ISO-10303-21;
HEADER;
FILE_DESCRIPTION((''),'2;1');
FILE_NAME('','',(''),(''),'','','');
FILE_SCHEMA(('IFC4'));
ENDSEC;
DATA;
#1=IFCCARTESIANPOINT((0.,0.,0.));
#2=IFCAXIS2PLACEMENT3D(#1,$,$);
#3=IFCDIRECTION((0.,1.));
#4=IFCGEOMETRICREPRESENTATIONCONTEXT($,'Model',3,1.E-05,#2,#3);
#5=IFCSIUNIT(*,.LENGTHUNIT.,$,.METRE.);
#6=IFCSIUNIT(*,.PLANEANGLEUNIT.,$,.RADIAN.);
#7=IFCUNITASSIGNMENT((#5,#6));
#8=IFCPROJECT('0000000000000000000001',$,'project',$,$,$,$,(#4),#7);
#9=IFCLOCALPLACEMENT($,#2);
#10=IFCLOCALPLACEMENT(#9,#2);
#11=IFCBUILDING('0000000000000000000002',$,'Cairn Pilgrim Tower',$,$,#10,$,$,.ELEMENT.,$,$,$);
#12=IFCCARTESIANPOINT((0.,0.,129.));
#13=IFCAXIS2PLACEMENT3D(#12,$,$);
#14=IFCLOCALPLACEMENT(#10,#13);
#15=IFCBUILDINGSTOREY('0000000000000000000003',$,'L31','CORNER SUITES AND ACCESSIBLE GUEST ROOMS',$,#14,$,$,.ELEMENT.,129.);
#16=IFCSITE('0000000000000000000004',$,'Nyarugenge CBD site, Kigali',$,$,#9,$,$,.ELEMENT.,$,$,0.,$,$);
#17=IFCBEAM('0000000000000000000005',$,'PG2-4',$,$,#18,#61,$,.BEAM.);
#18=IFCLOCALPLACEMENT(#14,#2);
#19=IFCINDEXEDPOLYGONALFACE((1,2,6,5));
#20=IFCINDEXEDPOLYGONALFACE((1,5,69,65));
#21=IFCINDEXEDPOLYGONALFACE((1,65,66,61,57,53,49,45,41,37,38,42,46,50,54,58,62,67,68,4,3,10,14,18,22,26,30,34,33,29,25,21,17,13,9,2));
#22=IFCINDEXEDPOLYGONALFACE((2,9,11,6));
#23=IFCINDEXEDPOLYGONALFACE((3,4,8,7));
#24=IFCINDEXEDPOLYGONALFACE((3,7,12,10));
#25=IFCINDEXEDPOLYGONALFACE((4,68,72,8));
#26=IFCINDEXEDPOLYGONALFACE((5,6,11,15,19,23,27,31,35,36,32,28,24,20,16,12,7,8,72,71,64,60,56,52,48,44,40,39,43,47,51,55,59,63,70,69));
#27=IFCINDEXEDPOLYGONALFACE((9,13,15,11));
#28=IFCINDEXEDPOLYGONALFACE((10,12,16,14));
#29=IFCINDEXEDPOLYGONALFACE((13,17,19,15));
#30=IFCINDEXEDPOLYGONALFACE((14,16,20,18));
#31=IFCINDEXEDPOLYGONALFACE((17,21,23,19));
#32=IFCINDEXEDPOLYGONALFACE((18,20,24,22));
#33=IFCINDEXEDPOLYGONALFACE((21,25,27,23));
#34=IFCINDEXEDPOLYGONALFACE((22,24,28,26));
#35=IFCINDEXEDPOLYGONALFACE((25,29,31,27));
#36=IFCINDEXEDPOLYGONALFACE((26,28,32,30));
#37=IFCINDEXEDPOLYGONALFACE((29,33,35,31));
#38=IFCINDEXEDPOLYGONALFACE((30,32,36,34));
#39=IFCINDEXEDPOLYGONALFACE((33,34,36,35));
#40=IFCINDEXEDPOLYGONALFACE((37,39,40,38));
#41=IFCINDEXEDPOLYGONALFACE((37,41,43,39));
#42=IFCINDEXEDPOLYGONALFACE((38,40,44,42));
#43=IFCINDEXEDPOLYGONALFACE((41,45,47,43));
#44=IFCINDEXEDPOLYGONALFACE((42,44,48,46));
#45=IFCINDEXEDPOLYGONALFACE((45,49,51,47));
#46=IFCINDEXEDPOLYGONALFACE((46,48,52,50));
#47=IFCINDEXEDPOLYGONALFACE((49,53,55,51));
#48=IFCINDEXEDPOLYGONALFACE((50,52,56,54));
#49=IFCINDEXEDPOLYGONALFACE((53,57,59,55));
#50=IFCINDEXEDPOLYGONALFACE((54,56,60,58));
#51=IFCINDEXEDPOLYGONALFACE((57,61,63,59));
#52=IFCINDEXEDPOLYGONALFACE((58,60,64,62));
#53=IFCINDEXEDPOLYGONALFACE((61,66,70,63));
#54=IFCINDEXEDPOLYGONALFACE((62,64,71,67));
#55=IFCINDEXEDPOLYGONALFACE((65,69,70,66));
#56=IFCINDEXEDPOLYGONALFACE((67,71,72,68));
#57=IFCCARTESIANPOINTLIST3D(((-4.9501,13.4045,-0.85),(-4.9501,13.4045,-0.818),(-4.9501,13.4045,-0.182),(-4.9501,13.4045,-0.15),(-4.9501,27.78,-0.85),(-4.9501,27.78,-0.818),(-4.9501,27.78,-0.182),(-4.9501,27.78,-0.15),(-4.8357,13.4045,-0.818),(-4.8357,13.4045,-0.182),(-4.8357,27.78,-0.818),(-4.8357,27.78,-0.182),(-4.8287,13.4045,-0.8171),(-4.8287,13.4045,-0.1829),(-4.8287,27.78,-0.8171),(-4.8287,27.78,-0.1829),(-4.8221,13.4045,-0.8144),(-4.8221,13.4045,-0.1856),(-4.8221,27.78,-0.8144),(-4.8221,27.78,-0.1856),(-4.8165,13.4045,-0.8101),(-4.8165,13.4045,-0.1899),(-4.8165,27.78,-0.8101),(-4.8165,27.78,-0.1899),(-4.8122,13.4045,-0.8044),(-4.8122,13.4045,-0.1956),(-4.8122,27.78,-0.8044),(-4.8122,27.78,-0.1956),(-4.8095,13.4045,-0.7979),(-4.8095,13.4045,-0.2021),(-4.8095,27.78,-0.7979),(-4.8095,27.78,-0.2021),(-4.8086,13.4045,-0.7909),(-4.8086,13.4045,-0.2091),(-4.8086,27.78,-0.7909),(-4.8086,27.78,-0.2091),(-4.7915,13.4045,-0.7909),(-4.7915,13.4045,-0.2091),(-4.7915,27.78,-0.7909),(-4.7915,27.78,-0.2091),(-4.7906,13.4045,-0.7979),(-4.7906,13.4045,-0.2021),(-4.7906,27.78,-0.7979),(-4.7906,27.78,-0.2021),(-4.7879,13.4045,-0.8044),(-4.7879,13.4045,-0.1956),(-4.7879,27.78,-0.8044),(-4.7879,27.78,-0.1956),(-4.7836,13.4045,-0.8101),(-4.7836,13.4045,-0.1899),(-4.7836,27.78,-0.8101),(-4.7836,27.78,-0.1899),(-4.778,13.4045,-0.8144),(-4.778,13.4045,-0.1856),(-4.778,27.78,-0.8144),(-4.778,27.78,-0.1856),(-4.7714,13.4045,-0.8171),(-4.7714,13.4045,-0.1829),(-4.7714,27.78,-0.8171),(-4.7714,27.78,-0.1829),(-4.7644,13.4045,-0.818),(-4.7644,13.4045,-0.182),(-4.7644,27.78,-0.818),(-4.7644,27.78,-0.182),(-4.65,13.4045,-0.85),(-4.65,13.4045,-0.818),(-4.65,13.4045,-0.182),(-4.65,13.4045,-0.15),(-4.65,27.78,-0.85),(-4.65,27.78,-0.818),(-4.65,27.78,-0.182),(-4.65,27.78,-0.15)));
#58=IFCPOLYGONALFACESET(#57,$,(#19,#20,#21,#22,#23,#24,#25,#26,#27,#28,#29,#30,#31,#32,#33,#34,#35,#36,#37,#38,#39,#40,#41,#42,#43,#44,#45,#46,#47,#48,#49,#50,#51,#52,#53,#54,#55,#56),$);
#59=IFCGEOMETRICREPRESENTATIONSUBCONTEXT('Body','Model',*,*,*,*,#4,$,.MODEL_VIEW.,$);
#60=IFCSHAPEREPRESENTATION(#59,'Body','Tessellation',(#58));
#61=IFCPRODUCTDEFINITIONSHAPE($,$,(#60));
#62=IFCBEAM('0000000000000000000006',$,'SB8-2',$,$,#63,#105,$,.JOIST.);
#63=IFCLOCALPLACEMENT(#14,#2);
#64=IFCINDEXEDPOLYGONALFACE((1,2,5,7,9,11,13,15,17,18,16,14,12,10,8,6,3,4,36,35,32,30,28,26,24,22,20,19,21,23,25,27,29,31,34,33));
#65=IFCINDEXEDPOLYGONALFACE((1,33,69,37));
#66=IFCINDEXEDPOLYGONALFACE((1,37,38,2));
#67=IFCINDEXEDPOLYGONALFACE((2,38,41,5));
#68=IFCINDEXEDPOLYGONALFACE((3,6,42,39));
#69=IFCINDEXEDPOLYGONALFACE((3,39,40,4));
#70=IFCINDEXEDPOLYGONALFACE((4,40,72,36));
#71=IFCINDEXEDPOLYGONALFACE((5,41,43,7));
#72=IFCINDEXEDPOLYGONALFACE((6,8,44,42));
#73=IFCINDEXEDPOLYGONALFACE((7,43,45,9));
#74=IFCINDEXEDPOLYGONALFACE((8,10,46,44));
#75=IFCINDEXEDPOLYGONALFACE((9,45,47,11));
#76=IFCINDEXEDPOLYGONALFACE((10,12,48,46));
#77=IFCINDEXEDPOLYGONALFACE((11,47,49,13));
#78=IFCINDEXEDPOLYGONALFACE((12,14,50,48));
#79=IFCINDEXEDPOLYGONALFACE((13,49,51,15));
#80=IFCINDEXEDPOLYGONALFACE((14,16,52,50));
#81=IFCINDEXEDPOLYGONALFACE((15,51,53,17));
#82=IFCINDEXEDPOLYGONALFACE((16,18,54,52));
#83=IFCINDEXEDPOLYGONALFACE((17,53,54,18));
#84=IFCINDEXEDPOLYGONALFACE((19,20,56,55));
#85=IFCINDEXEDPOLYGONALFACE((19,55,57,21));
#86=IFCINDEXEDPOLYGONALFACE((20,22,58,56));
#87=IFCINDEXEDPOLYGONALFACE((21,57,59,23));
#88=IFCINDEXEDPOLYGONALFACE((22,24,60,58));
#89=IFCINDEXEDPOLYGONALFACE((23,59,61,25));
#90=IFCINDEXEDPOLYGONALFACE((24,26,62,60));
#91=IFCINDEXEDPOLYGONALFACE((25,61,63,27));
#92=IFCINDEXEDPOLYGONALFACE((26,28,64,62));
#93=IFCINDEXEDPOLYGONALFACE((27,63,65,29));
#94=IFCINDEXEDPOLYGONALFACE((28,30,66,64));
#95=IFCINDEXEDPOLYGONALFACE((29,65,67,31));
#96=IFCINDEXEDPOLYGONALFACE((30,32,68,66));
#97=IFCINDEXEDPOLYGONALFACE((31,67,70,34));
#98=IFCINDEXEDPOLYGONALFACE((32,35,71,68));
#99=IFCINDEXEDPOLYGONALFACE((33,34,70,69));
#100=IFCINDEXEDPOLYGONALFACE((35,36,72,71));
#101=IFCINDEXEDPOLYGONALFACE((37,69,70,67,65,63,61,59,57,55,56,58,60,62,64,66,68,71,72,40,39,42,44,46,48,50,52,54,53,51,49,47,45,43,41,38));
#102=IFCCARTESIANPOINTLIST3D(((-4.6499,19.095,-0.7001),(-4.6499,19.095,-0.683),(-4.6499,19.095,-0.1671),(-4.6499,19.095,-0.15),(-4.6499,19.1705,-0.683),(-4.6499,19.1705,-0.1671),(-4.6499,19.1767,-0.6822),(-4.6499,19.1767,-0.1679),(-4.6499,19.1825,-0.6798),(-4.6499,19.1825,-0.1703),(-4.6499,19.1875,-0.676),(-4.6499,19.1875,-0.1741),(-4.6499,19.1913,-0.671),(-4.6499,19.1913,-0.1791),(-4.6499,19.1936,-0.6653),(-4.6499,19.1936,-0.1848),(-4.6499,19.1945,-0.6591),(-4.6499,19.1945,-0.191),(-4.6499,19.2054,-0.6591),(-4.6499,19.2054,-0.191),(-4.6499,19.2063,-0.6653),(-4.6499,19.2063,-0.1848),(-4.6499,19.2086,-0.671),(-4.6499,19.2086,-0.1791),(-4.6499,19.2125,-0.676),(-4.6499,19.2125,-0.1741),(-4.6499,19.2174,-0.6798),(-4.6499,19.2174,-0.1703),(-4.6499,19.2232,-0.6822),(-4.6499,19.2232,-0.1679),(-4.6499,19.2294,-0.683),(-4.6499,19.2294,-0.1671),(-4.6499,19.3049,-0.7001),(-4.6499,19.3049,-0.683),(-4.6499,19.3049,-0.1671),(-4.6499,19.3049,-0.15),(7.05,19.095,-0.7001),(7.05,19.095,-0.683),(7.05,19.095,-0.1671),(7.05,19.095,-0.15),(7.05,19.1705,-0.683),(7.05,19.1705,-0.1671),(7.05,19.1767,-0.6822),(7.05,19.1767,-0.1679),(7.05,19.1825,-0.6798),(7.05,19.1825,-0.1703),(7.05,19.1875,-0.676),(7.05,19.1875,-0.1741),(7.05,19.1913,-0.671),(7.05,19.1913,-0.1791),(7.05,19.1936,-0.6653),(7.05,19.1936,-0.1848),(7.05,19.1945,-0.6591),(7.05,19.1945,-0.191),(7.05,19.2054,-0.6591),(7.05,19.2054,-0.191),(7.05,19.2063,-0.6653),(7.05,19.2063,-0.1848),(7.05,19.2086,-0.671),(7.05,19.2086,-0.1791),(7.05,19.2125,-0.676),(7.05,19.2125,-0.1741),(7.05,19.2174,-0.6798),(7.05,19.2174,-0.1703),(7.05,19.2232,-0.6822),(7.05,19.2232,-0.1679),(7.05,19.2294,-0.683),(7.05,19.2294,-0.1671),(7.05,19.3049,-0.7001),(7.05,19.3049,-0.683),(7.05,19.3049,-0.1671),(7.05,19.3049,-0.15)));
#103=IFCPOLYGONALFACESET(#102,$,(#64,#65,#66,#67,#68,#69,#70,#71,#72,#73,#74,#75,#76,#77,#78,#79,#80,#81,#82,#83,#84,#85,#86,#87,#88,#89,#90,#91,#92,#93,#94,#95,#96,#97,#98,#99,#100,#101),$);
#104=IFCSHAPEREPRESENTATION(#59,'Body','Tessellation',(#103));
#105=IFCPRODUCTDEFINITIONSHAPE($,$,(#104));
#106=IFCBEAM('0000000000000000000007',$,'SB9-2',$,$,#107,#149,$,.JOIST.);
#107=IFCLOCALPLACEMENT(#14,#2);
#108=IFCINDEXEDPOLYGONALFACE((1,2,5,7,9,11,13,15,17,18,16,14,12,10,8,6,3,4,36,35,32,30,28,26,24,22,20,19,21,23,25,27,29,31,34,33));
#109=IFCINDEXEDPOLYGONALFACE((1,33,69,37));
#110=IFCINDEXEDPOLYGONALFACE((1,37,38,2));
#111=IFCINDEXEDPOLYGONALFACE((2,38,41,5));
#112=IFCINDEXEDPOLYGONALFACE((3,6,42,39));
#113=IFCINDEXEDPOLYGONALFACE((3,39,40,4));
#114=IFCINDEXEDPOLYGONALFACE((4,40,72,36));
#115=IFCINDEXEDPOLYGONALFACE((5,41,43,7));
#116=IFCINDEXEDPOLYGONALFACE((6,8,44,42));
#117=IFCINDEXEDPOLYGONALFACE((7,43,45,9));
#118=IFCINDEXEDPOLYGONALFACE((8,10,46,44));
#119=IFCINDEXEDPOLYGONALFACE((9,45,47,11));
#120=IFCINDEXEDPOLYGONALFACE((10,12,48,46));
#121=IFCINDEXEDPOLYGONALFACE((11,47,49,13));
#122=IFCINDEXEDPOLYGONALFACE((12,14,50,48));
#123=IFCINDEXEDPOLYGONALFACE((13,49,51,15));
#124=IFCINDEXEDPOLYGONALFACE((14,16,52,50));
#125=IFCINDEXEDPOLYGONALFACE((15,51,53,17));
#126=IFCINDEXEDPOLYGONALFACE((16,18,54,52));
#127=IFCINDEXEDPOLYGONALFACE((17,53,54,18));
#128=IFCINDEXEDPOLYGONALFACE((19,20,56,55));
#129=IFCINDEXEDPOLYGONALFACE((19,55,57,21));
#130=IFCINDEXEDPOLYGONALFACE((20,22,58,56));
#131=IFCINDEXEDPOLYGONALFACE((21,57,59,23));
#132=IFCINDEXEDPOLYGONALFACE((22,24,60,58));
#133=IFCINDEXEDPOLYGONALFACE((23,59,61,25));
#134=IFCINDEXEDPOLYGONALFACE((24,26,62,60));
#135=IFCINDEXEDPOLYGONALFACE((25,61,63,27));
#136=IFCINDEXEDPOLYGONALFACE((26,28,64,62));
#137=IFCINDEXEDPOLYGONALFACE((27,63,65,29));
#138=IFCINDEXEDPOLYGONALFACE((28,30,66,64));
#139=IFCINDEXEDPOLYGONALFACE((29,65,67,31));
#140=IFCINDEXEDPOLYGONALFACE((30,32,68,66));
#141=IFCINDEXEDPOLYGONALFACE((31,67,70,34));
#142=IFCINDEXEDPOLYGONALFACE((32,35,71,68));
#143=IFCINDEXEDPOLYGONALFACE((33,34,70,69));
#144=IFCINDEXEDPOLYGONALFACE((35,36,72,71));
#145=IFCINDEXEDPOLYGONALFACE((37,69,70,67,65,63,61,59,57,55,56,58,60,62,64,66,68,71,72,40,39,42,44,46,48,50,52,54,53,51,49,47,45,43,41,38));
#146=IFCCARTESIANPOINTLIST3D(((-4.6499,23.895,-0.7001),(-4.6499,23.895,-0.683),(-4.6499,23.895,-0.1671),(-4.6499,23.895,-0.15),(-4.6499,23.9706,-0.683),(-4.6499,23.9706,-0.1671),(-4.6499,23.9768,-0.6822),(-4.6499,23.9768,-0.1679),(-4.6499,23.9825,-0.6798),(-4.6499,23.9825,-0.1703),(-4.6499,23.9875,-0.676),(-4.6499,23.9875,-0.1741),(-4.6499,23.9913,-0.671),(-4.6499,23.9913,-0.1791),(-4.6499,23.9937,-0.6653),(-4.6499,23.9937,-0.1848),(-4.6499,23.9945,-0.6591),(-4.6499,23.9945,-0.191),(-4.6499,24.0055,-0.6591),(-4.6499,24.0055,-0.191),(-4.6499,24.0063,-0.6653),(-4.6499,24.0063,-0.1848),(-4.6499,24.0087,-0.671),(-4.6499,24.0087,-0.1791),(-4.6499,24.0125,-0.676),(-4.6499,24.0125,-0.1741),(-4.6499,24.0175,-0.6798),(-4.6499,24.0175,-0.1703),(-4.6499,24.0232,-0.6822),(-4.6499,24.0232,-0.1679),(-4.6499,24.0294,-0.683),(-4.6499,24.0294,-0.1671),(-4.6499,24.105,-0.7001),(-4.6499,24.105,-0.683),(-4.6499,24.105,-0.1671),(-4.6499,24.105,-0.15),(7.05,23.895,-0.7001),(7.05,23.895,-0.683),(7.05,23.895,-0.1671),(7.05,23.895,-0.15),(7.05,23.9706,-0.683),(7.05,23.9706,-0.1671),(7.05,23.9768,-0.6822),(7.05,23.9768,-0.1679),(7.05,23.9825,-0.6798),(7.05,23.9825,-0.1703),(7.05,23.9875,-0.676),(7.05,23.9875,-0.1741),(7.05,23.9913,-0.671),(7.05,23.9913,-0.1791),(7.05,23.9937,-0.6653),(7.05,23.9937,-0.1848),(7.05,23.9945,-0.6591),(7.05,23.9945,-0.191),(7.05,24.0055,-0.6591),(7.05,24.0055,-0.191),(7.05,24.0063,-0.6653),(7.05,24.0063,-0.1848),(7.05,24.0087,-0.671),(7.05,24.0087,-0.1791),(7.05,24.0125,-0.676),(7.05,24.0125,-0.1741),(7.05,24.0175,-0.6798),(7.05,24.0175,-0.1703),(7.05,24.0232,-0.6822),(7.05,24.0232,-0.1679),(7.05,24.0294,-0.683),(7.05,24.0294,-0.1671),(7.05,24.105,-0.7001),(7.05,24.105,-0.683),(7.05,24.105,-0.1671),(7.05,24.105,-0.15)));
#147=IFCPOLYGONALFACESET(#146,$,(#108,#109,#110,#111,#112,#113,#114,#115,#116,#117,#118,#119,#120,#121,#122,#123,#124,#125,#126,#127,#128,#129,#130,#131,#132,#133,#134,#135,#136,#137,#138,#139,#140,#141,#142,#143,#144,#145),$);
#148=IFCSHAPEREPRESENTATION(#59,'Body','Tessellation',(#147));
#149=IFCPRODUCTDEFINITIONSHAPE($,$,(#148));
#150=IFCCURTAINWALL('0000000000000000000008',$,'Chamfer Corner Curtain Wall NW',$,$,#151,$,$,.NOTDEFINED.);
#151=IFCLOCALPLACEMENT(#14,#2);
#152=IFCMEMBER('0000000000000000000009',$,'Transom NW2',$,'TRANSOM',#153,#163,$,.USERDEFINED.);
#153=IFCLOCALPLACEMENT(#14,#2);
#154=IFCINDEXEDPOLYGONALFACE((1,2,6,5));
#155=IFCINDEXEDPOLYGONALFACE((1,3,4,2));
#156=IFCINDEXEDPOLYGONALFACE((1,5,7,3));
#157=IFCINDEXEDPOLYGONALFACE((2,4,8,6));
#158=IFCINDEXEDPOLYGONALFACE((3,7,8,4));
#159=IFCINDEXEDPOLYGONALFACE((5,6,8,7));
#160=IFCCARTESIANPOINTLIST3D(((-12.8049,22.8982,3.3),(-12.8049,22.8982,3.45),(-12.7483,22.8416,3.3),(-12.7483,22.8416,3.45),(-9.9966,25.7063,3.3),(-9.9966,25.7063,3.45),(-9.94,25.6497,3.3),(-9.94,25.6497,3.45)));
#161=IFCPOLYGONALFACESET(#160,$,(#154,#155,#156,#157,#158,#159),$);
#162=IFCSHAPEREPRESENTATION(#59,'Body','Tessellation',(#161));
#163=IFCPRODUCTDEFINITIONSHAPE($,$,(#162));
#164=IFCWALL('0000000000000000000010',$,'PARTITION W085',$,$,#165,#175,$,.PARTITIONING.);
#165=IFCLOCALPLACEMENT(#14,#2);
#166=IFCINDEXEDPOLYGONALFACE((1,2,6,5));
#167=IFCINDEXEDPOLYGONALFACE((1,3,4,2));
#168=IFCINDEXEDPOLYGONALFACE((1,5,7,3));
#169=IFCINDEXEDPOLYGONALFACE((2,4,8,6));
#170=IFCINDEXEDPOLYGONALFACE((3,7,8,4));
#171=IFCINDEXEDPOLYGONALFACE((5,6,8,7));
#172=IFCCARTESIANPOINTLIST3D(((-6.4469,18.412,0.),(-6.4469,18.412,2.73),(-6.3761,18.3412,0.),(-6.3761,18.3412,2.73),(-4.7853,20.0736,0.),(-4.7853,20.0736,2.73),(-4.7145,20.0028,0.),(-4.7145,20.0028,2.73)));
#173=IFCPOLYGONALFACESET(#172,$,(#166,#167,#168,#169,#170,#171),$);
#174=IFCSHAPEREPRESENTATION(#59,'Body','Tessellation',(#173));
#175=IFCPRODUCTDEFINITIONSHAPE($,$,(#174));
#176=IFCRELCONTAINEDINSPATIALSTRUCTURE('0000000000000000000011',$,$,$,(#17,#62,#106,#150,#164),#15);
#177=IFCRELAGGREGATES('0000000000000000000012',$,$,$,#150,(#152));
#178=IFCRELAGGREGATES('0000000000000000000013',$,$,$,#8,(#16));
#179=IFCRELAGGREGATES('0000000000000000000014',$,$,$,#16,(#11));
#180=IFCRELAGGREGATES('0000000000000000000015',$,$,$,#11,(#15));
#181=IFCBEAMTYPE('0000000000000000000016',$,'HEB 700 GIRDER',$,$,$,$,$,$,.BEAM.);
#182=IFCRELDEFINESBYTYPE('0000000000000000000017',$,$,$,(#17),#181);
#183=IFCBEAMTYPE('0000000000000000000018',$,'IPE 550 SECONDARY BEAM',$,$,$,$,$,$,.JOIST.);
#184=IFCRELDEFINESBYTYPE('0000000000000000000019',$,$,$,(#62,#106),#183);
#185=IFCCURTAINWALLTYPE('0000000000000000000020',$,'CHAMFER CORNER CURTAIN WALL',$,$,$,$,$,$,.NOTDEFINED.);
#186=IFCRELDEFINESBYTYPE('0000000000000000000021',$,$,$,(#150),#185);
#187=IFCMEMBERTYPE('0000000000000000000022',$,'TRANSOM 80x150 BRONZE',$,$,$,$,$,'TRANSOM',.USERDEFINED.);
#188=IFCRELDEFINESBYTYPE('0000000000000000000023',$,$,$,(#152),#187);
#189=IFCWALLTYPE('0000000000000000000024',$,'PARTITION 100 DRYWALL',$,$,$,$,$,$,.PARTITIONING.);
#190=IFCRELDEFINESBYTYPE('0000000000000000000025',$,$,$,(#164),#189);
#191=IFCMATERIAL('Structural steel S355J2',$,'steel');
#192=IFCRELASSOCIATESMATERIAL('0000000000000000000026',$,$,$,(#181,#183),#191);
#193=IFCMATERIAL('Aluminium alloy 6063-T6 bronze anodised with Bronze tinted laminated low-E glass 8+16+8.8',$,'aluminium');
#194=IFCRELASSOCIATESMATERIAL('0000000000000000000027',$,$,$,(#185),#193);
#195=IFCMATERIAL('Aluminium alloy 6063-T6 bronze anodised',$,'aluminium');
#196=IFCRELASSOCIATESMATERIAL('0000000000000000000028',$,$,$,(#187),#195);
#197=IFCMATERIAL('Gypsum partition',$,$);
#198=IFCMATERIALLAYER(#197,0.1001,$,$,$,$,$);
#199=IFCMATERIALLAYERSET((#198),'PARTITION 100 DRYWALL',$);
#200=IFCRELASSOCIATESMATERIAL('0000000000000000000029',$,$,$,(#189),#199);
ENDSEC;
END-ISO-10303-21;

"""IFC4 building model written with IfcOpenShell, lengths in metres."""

from ifc_helpers import new_model, si_unit, direction, frame, frame_2d, origin, origin_2d, place, context, subcontext, project, spatial, rectangle, i_section, extrude, material, layer, layer_set, material_profile, profile_set, type_object, element, aggregate, save


model = new_model("IFC4")

# Units and contexts
model_context = context("Model", 3, precision=1e-05, world=origin(), true_north=direction((0.0, 1.0)))
body_context = subcontext(model_context, "Body", "Model", "MODEL_VIEW")
ifc_project = project(units=[si_unit("LENGTHUNIT", "METRE"), si_unit("PLANEANGLEUNIT", "RADIAN")], contexts=[model_context])

# Site, building, storey
site_placement = place(None, origin())
site = spatial("IfcSite", under=ifc_project, at=site_placement, Name="Nyarugenge CBD site, Kigali", CompositionType="ELEMENT", RefElevation=0.0)
building_placement = place(site_placement, origin())
building = spatial("IfcBuilding", under=site, at=building_placement, Name="Cairn Pilgrim Tower", CompositionType="ELEMENT")
storey_placement = place(building_placement, frame((0.0, 0.0, 129.0)))
storey = spatial("IfcBuildingStorey", under=building, at=storey_placement, Name="L31", Description="CORNER SUITES AND ACCESSIBLE GUEST ROOMS", CompositionType="ELEMENT", Elevation=129.0)

# Beams
ifc_material_1 = material(Name="Structural steel S355J2", Category="steel")
ifc_material_profile_1 = material_profile(ifc_material_1, i_section(OverallWidth=0.3, OverallDepth=0.7, WebThickness=0.0171, FlangeThickness=0.032, FilletRadius=0.0271, at=origin_2d()), Name="HEB 700")
ifc_profile_set_1 = profile_set([ifc_material_profile_1], Name="Structural steel S355J2")
beam_type_1 = type_object("IfcBeamType", Name="HEB 700 GIRDER", PredefinedType="BEAM", material=ifc_profile_set_1)
beam_placement = place(storey_placement, frame((-4.8, 13.4045, -0.5), z_axis=(0.0, 1.0, 0.0), x_axis=(-1.0, 0.0, 0.0)))
element("IfcBeam", 1, at=beam_placement, inside=storey, type_object=beam_type_1, Name="PG2-4", PredefinedType="BEAM", context=body_context, shape_type="SweptSolid", body=[
    extrude(i_section(OverallWidth=0.3, OverallDepth=0.7, WebThickness=0.0171, FlangeThickness=0.032, FilletRadius=0.0271, at=origin_2d()), origin(), (0.0, 0.0, 1.0), 14.3755),
])
ifc_material_profile_2 = material_profile(ifc_material_1, i_section(OverallWidth=0.21, OverallDepth=0.55, WebThickness=0.011, FlangeThickness=0.0171, FilletRadius=0.0239, at=origin_2d()), Name="IPE 550")
ifc_profile_set_2 = profile_set([ifc_material_profile_2], Name="Structural steel S355J2")
beam_type_2 = type_object("IfcBeamType", Name="IPE 550 SECONDARY BEAM", PredefinedType="JOIST", material=ifc_profile_set_2)
for number, where, z_axis, x_axis, name in (
    (2, (-4.6499, 19.2, -0.425), (1.0, 0.0, 0.0), (0.0, 1.0, 0.0), "SB8-2"),
    (3, (-4.6499, 24.0, -0.425), (1.0, 0.0, 0.0), (0.0, 1.0, 0.0), "SB9-2"),
):
    element("IfcBeam", number, at=place(storey_placement, frame(where, z_axis=z_axis, x_axis=x_axis)), inside=storey, type_object=beam_type_2, Name=name, PredefinedType="JOIST", context=body_context, shape_type="SweptSolid", body=[
        extrude(i_section(OverallWidth=0.21, OverallDepth=0.55, WebThickness=0.011, FlangeThickness=0.0171, FilletRadius=0.0239, at=origin_2d()), origin(), (0.0, 0.0, 1.0), 11.7),
    ])

# Curtain wall, member
ifc_material_2 = material(Name="Aluminium alloy 6063-T6 bronze anodised with Bronze tinted laminated low-E glass 8+16+8.8", Category="aluminium")
curtain_wall_type = type_object("IfcCurtainWallType", Name="CHAMFER CORNER CURTAIN WALL", PredefinedType="NOTDEFINED", material=ifc_material_2)
curtain_wall_placement = place(storey_placement, origin())
curtain_wall = element("IfcCurtainWall", 4, at=curtain_wall_placement, inside=storey, type_object=curtain_wall_type, Name="Chamfer Corner Curtain Wall NW", PredefinedType="NOTDEFINED")
ifc_material_3 = material(Name="Aluminium alloy 6063-T6 bronze anodised", Category="aluminium")
ifc_material_profile_3 = material_profile(ifc_material_3, rectangle(XDim=0.0801, YDim=0.1499, at=origin_2d()), Name="TRANSOM 80x150 BRONZE")
ifc_profile_set_3 = profile_set([ifc_material_profile_3], Name="Aluminium alloy 6063-T6 bronze anodised")
member_type = type_object("IfcMemberType", Name="TRANSOM 80x150 BRONZE", ElementType="TRANSOM", PredefinedType="USERDEFINED", material=ifc_profile_set_3)
member_placement = place(storey_placement, frame((-9.9683, 25.678, 3.375), z_axis=(-0.707138, -0.707076, 0.0), x_axis=(0.707076, -0.707138, 0.0)))
member = element("IfcMember", 5, at=member_placement, type_object=member_type, Name="Transom NW2", ObjectType="TRANSOM", PredefinedType="USERDEFINED", context=body_context, shape_type="SweptSolid", body=[
    extrude(rectangle(XDim=0.0801, YDim=0.1499, at=origin_2d()), origin(), (0.0, 0.0, 1.0), 3.9714),
])
aggregate(curtain_wall, [member])

# Wall
ifc_material_4 = material(Name="Gypsum partition")
ifc_layer_1 = layer(ifc_material_4, 0.1001)
ifc_layer_set_1 = layer_set([ifc_layer_1], Name="PARTITION 100 DRYWALL")
wall_type_1 = type_object("IfcWallType", Name="PARTITION 100 DRYWALL", PredefinedType="PARTITIONING", material=ifc_layer_set_1)
wall_1_placement = place(storey_placement, frame((-6.4114, 18.3767, 0.0), z_axis=(0.0, 0.0, 1.0), x_axis=(0.707107, 0.707107, 0.0)))
element("IfcWall", 6, at=wall_1_placement, inside=storey, type_object=wall_type_1, Name="PARTITION W085", PredefinedType="PARTITIONING", context=body_context, shape_type="SweptSolid", body=[
    extrude(rectangle(XDim=2.3499, YDim=0.1001, at=frame_2d((1.1748, 0.0))), origin(), (0.0, 0.0, 1.0), 2.73),
])

save(model, "model.ifc")
